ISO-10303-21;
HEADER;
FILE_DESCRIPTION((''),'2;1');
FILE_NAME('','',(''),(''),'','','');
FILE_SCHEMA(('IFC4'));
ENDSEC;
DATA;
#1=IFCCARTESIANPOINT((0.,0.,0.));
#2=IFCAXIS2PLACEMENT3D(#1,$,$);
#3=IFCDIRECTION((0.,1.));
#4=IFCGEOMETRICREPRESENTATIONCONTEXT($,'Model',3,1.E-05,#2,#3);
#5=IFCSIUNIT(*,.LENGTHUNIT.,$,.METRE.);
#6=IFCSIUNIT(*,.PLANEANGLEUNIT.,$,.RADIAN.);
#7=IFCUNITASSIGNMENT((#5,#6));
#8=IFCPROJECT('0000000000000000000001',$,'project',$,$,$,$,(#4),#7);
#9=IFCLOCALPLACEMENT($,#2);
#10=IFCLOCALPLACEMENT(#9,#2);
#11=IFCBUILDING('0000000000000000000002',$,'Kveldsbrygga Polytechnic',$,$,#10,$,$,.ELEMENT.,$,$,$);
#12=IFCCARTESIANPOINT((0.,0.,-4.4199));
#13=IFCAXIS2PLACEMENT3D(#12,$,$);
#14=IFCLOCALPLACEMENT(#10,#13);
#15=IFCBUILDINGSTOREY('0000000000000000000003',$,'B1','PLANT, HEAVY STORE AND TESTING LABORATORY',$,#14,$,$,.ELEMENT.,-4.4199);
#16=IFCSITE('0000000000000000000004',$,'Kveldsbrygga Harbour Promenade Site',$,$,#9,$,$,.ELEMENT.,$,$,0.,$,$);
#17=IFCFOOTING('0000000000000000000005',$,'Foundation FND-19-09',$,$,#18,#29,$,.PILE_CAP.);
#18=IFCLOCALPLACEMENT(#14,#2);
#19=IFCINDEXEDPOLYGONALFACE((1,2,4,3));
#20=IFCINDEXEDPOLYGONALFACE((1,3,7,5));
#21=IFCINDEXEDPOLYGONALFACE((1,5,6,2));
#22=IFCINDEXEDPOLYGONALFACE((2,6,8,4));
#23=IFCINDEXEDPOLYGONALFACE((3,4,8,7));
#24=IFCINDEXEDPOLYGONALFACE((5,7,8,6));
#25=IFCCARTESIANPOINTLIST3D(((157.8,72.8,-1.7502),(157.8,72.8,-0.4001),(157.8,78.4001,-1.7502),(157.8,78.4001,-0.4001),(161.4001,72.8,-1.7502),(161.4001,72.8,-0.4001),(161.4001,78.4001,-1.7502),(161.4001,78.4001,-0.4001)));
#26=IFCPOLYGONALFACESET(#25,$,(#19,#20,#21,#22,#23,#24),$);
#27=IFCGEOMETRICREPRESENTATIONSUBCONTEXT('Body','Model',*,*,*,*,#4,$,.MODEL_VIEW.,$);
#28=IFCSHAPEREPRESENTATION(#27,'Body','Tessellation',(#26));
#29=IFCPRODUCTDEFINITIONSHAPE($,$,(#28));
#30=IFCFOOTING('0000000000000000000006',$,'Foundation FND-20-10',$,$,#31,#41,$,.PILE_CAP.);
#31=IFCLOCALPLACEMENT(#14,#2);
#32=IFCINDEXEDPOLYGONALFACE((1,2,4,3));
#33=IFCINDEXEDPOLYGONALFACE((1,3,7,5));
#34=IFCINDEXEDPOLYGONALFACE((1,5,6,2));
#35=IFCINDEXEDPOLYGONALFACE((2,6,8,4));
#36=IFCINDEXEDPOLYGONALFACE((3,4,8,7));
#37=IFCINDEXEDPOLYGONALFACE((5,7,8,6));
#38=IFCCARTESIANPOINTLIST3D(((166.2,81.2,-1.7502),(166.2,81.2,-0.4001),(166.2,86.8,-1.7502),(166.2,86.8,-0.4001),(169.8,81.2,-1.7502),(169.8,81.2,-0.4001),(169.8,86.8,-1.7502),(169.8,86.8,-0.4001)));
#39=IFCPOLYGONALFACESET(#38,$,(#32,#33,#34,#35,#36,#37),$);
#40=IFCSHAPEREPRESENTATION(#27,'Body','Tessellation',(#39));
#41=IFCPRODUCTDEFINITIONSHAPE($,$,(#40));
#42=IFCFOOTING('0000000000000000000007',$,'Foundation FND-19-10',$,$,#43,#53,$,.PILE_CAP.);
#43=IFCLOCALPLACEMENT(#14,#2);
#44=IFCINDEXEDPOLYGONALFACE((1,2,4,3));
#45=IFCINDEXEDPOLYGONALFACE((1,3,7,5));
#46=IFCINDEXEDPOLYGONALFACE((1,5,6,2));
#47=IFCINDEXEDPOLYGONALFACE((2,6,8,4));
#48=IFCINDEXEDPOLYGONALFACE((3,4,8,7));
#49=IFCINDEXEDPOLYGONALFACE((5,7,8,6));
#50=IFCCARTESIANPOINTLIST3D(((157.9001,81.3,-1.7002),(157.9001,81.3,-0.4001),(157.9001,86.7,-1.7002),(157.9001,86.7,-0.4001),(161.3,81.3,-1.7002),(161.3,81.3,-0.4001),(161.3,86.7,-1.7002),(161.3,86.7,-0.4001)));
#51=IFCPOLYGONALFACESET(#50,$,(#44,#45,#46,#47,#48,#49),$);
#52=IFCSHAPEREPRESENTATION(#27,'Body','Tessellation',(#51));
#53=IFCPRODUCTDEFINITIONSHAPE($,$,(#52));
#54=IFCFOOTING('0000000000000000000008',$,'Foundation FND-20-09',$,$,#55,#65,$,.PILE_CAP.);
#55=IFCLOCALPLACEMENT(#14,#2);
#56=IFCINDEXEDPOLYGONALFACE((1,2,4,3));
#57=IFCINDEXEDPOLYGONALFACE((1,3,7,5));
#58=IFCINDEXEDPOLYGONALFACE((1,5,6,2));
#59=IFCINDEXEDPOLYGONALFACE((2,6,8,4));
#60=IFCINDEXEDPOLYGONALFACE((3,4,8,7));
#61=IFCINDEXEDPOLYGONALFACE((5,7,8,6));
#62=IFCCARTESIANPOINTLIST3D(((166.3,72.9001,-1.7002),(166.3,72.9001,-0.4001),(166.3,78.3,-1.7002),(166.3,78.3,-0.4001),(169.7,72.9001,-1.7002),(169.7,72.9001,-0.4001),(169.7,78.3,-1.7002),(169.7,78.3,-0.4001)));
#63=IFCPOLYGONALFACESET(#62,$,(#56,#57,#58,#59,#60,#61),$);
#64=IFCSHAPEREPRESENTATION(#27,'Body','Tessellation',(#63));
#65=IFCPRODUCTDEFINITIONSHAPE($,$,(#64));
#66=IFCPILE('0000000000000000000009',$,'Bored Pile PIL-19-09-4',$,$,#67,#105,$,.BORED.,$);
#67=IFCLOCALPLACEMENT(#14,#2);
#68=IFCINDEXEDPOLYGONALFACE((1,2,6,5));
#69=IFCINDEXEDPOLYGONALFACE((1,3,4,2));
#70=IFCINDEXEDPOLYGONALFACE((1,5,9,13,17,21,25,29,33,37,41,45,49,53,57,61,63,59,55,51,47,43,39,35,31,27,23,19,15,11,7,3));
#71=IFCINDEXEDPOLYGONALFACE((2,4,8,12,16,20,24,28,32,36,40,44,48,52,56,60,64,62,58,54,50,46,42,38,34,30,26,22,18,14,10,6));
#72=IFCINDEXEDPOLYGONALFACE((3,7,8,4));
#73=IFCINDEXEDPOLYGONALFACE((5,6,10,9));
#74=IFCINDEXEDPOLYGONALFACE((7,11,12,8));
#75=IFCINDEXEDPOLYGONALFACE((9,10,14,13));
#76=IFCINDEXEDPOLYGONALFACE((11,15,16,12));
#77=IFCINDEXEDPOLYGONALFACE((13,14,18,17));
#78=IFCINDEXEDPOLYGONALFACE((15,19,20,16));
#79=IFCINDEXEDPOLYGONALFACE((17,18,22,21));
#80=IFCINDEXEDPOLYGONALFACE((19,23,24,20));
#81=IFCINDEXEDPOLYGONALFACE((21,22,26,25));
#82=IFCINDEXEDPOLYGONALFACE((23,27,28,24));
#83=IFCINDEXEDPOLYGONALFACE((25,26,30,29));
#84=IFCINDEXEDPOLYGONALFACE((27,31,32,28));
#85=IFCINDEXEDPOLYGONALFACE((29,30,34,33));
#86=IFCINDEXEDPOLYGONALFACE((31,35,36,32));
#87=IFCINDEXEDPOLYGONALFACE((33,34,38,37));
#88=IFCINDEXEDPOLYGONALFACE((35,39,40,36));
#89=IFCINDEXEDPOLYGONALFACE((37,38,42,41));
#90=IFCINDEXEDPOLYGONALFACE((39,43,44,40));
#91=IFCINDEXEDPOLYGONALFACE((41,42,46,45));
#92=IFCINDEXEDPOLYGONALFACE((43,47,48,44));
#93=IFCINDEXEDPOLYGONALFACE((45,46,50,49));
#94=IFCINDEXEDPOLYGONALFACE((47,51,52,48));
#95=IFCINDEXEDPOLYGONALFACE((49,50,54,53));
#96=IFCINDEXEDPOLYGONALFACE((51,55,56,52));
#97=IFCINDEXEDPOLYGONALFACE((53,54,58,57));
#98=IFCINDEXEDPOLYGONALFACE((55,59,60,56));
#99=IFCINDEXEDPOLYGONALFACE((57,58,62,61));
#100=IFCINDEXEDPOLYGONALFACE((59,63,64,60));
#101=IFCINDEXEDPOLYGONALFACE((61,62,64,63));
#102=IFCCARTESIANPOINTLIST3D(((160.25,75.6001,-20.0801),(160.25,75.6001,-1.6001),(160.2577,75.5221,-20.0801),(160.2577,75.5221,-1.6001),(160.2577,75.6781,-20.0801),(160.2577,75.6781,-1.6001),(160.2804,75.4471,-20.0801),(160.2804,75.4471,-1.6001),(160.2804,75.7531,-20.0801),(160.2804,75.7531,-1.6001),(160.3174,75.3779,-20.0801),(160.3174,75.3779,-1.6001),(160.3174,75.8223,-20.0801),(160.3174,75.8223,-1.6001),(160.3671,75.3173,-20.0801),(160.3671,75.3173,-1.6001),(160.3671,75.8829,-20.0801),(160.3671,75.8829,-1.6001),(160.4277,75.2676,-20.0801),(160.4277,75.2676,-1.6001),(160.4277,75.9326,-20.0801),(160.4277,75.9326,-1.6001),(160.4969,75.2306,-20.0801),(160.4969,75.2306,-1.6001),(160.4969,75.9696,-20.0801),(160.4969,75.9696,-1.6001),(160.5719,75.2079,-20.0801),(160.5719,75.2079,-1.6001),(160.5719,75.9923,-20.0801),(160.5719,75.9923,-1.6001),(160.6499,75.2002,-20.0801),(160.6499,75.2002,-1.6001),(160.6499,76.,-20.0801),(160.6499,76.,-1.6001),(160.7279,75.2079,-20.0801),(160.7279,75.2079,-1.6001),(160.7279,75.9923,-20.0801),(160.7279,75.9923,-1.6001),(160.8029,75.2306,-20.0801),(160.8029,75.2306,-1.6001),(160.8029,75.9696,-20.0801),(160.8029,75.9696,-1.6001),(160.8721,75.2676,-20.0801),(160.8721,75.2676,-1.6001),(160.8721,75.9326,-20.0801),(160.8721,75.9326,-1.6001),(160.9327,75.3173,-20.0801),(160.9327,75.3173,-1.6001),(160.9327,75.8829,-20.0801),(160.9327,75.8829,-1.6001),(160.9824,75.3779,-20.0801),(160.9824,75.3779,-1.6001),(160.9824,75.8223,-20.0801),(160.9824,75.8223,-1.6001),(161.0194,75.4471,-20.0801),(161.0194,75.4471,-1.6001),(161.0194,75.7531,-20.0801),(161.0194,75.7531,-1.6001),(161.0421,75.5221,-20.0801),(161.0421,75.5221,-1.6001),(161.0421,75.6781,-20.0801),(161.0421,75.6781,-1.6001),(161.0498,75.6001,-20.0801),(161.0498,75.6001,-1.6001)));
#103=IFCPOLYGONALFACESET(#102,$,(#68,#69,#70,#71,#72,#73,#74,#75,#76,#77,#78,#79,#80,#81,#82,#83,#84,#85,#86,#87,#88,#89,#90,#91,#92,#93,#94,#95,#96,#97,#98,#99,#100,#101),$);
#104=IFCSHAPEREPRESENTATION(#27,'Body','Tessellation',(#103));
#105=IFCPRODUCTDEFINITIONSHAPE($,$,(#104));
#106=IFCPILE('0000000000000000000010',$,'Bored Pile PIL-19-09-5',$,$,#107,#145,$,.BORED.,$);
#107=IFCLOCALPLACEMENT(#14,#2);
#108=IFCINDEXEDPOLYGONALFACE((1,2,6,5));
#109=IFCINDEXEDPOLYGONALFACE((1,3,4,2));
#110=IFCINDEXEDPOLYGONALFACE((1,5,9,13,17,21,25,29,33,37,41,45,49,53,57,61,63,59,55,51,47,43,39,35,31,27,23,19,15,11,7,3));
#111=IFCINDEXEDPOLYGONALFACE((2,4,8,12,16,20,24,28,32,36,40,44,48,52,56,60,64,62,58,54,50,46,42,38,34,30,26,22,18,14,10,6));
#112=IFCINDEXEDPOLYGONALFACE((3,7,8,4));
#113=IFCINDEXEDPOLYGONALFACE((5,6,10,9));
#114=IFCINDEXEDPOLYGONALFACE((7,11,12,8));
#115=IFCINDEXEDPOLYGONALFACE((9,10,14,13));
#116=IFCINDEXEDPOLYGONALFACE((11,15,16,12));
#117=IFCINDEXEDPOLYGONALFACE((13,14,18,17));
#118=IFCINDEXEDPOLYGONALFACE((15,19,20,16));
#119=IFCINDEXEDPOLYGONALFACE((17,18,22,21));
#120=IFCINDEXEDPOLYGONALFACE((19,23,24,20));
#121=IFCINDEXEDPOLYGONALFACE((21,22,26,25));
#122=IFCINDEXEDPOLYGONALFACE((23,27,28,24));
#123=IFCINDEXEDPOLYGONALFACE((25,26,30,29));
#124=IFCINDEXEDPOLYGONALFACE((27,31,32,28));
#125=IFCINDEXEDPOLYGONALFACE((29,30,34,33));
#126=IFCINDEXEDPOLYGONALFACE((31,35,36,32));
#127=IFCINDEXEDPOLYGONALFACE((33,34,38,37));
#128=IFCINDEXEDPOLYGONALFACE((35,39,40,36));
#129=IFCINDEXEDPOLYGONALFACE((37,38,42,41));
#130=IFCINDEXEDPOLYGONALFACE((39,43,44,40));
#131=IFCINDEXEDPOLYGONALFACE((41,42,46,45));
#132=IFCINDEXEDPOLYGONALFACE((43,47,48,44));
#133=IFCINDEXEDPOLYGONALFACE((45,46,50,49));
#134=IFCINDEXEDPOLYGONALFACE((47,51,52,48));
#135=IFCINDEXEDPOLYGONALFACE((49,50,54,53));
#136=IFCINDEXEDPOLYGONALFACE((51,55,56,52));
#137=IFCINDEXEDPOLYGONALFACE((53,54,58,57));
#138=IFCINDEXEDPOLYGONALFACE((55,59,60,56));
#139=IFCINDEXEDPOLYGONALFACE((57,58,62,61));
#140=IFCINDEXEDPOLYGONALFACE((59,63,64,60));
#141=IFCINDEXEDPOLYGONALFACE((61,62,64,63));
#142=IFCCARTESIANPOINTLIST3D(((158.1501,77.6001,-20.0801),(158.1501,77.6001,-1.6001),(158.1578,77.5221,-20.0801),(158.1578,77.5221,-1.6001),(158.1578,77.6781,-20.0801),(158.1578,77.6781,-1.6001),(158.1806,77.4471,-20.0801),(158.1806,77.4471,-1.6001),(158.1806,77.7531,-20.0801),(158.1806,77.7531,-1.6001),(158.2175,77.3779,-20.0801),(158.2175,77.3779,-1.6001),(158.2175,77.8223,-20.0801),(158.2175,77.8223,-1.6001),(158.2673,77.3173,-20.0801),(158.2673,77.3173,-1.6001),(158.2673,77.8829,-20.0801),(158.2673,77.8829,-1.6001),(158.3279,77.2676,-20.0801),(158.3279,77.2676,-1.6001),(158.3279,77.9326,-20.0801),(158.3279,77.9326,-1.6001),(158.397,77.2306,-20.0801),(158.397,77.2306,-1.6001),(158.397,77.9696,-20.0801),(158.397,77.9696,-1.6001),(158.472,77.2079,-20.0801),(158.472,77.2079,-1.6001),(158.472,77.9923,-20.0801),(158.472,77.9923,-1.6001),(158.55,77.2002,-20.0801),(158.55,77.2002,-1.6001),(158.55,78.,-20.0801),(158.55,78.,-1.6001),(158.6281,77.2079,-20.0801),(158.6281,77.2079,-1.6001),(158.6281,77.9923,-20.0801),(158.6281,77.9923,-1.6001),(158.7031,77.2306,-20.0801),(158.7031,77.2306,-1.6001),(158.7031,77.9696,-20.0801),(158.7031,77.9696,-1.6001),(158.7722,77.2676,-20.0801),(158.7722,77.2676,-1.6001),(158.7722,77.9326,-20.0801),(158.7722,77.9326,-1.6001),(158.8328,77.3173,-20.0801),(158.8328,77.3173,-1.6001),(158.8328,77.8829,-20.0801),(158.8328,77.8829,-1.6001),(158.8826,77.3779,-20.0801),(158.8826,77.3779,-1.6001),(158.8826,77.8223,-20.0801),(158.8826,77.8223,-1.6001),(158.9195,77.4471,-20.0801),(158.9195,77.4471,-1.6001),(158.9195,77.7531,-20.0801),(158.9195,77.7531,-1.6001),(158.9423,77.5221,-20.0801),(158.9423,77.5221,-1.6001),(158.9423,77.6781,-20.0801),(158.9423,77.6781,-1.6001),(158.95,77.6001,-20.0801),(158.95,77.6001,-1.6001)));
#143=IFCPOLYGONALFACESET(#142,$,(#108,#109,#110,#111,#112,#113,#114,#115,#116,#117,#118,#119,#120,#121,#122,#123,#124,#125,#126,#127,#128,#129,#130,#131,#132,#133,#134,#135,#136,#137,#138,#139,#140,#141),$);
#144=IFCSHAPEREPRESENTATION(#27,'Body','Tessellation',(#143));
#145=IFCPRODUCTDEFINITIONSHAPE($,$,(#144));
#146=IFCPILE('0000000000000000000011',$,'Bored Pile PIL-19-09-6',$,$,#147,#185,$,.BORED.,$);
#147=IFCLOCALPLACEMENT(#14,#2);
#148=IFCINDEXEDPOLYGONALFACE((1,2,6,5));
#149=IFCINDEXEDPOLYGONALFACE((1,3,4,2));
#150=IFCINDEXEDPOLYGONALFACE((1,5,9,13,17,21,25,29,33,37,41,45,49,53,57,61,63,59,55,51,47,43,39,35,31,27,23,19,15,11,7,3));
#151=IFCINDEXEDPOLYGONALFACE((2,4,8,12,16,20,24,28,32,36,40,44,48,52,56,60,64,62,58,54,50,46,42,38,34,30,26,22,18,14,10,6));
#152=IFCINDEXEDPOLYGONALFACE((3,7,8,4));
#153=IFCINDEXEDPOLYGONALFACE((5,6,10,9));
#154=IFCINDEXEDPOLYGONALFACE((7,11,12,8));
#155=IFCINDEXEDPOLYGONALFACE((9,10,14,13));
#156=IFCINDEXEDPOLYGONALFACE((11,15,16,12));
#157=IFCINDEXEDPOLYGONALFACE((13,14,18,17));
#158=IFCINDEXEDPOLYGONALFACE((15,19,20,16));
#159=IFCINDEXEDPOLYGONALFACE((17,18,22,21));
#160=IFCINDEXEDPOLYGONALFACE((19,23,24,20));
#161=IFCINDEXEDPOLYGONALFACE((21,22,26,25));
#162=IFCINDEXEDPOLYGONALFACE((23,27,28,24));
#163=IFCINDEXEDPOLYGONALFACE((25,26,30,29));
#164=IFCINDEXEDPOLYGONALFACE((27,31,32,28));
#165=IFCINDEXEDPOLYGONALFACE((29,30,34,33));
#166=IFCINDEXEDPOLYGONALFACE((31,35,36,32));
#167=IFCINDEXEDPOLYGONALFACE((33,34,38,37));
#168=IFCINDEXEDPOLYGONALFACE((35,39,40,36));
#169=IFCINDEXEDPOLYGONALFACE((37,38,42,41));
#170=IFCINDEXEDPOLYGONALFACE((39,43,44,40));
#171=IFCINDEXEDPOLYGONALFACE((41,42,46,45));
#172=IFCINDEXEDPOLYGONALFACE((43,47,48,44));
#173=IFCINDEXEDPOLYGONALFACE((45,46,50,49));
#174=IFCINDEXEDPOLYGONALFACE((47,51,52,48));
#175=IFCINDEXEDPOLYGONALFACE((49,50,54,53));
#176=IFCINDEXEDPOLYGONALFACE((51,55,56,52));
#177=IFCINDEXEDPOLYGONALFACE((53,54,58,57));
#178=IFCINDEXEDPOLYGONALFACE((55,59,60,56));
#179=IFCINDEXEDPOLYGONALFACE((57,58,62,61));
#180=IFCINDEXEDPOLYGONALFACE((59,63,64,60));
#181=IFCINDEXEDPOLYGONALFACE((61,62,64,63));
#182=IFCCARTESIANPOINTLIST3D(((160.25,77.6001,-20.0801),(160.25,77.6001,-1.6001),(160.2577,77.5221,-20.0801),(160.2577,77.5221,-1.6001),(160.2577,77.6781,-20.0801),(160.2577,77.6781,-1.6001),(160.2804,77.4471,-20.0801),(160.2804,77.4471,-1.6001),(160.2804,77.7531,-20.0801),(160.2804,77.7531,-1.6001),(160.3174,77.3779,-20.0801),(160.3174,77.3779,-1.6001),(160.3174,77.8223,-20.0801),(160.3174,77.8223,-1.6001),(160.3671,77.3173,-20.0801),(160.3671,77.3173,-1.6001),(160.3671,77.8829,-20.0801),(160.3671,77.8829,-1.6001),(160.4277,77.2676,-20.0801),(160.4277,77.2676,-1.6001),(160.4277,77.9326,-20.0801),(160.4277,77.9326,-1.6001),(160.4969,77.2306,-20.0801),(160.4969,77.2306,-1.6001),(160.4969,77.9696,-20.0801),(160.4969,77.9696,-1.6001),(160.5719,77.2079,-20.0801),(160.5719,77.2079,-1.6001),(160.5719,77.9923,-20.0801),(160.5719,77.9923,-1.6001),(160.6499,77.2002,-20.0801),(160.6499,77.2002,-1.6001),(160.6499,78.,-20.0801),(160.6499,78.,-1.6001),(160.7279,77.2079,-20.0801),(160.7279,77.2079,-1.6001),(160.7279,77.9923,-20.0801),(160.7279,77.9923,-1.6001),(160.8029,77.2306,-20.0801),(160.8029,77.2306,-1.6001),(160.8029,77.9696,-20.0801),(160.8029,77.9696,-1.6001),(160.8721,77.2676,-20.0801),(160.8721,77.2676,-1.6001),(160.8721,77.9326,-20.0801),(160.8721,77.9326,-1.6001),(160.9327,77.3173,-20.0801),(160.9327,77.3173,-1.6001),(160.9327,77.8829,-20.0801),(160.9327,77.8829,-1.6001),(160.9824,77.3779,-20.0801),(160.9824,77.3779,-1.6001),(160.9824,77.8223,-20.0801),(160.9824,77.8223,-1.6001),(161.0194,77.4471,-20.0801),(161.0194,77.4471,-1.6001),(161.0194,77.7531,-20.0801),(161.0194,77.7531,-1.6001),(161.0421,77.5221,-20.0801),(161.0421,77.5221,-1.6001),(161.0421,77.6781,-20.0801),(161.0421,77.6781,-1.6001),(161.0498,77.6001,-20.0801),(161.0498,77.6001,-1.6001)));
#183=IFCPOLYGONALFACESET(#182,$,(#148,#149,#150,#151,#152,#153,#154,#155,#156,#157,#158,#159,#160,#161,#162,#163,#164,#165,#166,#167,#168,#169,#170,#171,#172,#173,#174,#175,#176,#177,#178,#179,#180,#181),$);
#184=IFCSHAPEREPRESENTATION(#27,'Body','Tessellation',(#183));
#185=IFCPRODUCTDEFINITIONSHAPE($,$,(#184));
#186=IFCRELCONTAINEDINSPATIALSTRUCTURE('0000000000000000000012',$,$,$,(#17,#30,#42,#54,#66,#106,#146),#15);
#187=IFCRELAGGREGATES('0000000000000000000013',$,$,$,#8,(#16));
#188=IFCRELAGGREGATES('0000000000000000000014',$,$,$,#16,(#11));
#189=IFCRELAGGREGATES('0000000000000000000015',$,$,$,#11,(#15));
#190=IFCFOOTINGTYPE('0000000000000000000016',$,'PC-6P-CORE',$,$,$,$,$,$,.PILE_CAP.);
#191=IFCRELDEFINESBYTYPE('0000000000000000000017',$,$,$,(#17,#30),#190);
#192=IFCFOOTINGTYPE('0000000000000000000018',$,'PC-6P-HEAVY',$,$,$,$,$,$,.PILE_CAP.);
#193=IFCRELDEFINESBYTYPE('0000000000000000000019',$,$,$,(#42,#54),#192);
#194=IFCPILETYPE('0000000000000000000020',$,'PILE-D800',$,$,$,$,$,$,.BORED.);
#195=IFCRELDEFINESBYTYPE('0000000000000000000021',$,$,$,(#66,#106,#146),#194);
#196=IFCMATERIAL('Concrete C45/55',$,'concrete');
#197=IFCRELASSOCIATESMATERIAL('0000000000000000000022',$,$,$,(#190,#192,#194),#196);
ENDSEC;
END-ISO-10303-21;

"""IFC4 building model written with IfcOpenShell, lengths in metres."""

from ifc_helpers import new_model, si_unit, direction, frame, origin, origin_2d, place, context, subcontext, project, spatial, rectangle, circle, extrude, material, material_profile, profile_set, type_object, element, save


model = new_model("IFC4")

# Units and contexts
model_context = context("Model", 3, precision=1e-05, world=origin(), true_north=direction((0.0, 1.0)))
body_context = subcontext(model_context, "Body", "Model", "MODEL_VIEW")
ifc_project = project(units=[si_unit("LENGTHUNIT", "METRE"), si_unit("PLANEANGLEUNIT", "RADIAN")], contexts=[model_context])

# Site, building, storey
site_placement = place(None, origin())
site = spatial("IfcSite", under=ifc_project, at=site_placement, Name="Kveldsbrygga Harbour Promenade Site", CompositionType="ELEMENT", RefElevation=0.0)
building_placement = place(site_placement, origin())
building = spatial("IfcBuilding", under=site, at=building_placement, Name="Kveldsbrygga Polytechnic", CompositionType="ELEMENT")
storey_placement = place(building_placement, frame((0.0, 0.0, -4.4199)))
storey = spatial("IfcBuildingStorey", under=building, at=storey_placement, Name="B1", Description="PLANT, HEAVY STORE AND TESTING LABORATORY", CompositionType="ELEMENT", Elevation=-4.4199)

# Footings
ifc_material_1 = material(Name="Concrete C45/55", Category="concrete")
footing_type_1 = type_object("IfcFootingType", Name="PC-6P-CORE", PredefinedType="PILE_CAP", material=ifc_material_1)
for number, where, z_axis, x_axis, name in (
    (1, (159.6001, 75.6001, -1.7502), (0.0, 0.0, 1.0), (1.0, 0.0, 0.0), "Foundation FND-19-09"),
    (2, (168.0, 84.0, -1.7502), (0.0, 0.0, 1.0), (1.0, 0.0, 0.0), "Foundation FND-20-10"),
):
    element("IfcFooting", number, at=place(storey_placement, frame(where, z_axis=z_axis, x_axis=x_axis)), inside=storey, type_object=footing_type_1, Name=name, PredefinedType="PILE_CAP", context=body_context, shape_type="SweptSolid", body=[
        extrude(rectangle(XDim=3.6001, YDim=5.6001, at=origin_2d()), origin(), (0.0, 0.0, 1.0), 1.3501),
    ])
footing_type_2 = type_object("IfcFootingType", Name="PC-6P-HEAVY", PredefinedType="PILE_CAP", material=ifc_material_1)
for number, where, z_axis, x_axis, name in (
    (3, (159.6001, 84.0, -1.7002), (0.0, 0.0, 1.0), (1.0, 0.0, 0.0), "Foundation FND-19-10"),
    (4, (168.0, 75.6001, -1.7002), (0.0, 0.0, 1.0), (1.0, 0.0, 0.0), "Foundation FND-20-09"),
):
    element("IfcFooting", number, at=place(storey_placement, frame(where, z_axis=z_axis, x_axis=x_axis)), inside=storey, type_object=footing_type_2, Name=name, PredefinedType="PILE_CAP", context=body_context, shape_type="SweptSolid", body=[
        extrude(rectangle(XDim=3.3999, YDim=5.3999, at=origin_2d()), origin(), (0.0, 0.0, 1.0), 1.3),
    ])

# Piles
ifc_material_profile_1 = material_profile(ifc_material_1, circle(Radius=0.3999, at=origin_2d()), Name="PILE D800")
ifc_profile_set_1 = profile_set([ifc_material_profile_1], Name="Concrete C45/55")
pile_type = type_object("IfcPileType", Name="PILE-D800", PredefinedType="BORED", material=ifc_profile_set_1)
for number, where, z_axis, x_axis, name in (
    (5, (160.6499, 75.6001, -1.6001), (0.0, 0.0, -1.0), (1.0, 0.0, 0.0), "Bored Pile PIL-19-09-4"),
    (6, (158.55, 77.6001, -1.6001), (0.0, 0.0, -1.0), (1.0, 0.0, 0.0), "Bored Pile PIL-19-09-5"),
    (7, (160.6499, 77.6001, -1.6001), (0.0, 0.0, -1.0), (1.0, 0.0, 0.0), "Bored Pile PIL-19-09-6"),
):
    element("IfcPile", number, at=place(storey_placement, frame(where, z_axis=z_axis, x_axis=x_axis)), inside=storey, type_object=pile_type, Name=name, PredefinedType="BORED", context=body_context, shape_type="SweptSolid", body=[
        extrude(circle(Radius=0.3999, at=origin_2d()), origin(), (0.0, 0.0, 1.0), 18.48),
    ])

save(model, "model.ifc")
